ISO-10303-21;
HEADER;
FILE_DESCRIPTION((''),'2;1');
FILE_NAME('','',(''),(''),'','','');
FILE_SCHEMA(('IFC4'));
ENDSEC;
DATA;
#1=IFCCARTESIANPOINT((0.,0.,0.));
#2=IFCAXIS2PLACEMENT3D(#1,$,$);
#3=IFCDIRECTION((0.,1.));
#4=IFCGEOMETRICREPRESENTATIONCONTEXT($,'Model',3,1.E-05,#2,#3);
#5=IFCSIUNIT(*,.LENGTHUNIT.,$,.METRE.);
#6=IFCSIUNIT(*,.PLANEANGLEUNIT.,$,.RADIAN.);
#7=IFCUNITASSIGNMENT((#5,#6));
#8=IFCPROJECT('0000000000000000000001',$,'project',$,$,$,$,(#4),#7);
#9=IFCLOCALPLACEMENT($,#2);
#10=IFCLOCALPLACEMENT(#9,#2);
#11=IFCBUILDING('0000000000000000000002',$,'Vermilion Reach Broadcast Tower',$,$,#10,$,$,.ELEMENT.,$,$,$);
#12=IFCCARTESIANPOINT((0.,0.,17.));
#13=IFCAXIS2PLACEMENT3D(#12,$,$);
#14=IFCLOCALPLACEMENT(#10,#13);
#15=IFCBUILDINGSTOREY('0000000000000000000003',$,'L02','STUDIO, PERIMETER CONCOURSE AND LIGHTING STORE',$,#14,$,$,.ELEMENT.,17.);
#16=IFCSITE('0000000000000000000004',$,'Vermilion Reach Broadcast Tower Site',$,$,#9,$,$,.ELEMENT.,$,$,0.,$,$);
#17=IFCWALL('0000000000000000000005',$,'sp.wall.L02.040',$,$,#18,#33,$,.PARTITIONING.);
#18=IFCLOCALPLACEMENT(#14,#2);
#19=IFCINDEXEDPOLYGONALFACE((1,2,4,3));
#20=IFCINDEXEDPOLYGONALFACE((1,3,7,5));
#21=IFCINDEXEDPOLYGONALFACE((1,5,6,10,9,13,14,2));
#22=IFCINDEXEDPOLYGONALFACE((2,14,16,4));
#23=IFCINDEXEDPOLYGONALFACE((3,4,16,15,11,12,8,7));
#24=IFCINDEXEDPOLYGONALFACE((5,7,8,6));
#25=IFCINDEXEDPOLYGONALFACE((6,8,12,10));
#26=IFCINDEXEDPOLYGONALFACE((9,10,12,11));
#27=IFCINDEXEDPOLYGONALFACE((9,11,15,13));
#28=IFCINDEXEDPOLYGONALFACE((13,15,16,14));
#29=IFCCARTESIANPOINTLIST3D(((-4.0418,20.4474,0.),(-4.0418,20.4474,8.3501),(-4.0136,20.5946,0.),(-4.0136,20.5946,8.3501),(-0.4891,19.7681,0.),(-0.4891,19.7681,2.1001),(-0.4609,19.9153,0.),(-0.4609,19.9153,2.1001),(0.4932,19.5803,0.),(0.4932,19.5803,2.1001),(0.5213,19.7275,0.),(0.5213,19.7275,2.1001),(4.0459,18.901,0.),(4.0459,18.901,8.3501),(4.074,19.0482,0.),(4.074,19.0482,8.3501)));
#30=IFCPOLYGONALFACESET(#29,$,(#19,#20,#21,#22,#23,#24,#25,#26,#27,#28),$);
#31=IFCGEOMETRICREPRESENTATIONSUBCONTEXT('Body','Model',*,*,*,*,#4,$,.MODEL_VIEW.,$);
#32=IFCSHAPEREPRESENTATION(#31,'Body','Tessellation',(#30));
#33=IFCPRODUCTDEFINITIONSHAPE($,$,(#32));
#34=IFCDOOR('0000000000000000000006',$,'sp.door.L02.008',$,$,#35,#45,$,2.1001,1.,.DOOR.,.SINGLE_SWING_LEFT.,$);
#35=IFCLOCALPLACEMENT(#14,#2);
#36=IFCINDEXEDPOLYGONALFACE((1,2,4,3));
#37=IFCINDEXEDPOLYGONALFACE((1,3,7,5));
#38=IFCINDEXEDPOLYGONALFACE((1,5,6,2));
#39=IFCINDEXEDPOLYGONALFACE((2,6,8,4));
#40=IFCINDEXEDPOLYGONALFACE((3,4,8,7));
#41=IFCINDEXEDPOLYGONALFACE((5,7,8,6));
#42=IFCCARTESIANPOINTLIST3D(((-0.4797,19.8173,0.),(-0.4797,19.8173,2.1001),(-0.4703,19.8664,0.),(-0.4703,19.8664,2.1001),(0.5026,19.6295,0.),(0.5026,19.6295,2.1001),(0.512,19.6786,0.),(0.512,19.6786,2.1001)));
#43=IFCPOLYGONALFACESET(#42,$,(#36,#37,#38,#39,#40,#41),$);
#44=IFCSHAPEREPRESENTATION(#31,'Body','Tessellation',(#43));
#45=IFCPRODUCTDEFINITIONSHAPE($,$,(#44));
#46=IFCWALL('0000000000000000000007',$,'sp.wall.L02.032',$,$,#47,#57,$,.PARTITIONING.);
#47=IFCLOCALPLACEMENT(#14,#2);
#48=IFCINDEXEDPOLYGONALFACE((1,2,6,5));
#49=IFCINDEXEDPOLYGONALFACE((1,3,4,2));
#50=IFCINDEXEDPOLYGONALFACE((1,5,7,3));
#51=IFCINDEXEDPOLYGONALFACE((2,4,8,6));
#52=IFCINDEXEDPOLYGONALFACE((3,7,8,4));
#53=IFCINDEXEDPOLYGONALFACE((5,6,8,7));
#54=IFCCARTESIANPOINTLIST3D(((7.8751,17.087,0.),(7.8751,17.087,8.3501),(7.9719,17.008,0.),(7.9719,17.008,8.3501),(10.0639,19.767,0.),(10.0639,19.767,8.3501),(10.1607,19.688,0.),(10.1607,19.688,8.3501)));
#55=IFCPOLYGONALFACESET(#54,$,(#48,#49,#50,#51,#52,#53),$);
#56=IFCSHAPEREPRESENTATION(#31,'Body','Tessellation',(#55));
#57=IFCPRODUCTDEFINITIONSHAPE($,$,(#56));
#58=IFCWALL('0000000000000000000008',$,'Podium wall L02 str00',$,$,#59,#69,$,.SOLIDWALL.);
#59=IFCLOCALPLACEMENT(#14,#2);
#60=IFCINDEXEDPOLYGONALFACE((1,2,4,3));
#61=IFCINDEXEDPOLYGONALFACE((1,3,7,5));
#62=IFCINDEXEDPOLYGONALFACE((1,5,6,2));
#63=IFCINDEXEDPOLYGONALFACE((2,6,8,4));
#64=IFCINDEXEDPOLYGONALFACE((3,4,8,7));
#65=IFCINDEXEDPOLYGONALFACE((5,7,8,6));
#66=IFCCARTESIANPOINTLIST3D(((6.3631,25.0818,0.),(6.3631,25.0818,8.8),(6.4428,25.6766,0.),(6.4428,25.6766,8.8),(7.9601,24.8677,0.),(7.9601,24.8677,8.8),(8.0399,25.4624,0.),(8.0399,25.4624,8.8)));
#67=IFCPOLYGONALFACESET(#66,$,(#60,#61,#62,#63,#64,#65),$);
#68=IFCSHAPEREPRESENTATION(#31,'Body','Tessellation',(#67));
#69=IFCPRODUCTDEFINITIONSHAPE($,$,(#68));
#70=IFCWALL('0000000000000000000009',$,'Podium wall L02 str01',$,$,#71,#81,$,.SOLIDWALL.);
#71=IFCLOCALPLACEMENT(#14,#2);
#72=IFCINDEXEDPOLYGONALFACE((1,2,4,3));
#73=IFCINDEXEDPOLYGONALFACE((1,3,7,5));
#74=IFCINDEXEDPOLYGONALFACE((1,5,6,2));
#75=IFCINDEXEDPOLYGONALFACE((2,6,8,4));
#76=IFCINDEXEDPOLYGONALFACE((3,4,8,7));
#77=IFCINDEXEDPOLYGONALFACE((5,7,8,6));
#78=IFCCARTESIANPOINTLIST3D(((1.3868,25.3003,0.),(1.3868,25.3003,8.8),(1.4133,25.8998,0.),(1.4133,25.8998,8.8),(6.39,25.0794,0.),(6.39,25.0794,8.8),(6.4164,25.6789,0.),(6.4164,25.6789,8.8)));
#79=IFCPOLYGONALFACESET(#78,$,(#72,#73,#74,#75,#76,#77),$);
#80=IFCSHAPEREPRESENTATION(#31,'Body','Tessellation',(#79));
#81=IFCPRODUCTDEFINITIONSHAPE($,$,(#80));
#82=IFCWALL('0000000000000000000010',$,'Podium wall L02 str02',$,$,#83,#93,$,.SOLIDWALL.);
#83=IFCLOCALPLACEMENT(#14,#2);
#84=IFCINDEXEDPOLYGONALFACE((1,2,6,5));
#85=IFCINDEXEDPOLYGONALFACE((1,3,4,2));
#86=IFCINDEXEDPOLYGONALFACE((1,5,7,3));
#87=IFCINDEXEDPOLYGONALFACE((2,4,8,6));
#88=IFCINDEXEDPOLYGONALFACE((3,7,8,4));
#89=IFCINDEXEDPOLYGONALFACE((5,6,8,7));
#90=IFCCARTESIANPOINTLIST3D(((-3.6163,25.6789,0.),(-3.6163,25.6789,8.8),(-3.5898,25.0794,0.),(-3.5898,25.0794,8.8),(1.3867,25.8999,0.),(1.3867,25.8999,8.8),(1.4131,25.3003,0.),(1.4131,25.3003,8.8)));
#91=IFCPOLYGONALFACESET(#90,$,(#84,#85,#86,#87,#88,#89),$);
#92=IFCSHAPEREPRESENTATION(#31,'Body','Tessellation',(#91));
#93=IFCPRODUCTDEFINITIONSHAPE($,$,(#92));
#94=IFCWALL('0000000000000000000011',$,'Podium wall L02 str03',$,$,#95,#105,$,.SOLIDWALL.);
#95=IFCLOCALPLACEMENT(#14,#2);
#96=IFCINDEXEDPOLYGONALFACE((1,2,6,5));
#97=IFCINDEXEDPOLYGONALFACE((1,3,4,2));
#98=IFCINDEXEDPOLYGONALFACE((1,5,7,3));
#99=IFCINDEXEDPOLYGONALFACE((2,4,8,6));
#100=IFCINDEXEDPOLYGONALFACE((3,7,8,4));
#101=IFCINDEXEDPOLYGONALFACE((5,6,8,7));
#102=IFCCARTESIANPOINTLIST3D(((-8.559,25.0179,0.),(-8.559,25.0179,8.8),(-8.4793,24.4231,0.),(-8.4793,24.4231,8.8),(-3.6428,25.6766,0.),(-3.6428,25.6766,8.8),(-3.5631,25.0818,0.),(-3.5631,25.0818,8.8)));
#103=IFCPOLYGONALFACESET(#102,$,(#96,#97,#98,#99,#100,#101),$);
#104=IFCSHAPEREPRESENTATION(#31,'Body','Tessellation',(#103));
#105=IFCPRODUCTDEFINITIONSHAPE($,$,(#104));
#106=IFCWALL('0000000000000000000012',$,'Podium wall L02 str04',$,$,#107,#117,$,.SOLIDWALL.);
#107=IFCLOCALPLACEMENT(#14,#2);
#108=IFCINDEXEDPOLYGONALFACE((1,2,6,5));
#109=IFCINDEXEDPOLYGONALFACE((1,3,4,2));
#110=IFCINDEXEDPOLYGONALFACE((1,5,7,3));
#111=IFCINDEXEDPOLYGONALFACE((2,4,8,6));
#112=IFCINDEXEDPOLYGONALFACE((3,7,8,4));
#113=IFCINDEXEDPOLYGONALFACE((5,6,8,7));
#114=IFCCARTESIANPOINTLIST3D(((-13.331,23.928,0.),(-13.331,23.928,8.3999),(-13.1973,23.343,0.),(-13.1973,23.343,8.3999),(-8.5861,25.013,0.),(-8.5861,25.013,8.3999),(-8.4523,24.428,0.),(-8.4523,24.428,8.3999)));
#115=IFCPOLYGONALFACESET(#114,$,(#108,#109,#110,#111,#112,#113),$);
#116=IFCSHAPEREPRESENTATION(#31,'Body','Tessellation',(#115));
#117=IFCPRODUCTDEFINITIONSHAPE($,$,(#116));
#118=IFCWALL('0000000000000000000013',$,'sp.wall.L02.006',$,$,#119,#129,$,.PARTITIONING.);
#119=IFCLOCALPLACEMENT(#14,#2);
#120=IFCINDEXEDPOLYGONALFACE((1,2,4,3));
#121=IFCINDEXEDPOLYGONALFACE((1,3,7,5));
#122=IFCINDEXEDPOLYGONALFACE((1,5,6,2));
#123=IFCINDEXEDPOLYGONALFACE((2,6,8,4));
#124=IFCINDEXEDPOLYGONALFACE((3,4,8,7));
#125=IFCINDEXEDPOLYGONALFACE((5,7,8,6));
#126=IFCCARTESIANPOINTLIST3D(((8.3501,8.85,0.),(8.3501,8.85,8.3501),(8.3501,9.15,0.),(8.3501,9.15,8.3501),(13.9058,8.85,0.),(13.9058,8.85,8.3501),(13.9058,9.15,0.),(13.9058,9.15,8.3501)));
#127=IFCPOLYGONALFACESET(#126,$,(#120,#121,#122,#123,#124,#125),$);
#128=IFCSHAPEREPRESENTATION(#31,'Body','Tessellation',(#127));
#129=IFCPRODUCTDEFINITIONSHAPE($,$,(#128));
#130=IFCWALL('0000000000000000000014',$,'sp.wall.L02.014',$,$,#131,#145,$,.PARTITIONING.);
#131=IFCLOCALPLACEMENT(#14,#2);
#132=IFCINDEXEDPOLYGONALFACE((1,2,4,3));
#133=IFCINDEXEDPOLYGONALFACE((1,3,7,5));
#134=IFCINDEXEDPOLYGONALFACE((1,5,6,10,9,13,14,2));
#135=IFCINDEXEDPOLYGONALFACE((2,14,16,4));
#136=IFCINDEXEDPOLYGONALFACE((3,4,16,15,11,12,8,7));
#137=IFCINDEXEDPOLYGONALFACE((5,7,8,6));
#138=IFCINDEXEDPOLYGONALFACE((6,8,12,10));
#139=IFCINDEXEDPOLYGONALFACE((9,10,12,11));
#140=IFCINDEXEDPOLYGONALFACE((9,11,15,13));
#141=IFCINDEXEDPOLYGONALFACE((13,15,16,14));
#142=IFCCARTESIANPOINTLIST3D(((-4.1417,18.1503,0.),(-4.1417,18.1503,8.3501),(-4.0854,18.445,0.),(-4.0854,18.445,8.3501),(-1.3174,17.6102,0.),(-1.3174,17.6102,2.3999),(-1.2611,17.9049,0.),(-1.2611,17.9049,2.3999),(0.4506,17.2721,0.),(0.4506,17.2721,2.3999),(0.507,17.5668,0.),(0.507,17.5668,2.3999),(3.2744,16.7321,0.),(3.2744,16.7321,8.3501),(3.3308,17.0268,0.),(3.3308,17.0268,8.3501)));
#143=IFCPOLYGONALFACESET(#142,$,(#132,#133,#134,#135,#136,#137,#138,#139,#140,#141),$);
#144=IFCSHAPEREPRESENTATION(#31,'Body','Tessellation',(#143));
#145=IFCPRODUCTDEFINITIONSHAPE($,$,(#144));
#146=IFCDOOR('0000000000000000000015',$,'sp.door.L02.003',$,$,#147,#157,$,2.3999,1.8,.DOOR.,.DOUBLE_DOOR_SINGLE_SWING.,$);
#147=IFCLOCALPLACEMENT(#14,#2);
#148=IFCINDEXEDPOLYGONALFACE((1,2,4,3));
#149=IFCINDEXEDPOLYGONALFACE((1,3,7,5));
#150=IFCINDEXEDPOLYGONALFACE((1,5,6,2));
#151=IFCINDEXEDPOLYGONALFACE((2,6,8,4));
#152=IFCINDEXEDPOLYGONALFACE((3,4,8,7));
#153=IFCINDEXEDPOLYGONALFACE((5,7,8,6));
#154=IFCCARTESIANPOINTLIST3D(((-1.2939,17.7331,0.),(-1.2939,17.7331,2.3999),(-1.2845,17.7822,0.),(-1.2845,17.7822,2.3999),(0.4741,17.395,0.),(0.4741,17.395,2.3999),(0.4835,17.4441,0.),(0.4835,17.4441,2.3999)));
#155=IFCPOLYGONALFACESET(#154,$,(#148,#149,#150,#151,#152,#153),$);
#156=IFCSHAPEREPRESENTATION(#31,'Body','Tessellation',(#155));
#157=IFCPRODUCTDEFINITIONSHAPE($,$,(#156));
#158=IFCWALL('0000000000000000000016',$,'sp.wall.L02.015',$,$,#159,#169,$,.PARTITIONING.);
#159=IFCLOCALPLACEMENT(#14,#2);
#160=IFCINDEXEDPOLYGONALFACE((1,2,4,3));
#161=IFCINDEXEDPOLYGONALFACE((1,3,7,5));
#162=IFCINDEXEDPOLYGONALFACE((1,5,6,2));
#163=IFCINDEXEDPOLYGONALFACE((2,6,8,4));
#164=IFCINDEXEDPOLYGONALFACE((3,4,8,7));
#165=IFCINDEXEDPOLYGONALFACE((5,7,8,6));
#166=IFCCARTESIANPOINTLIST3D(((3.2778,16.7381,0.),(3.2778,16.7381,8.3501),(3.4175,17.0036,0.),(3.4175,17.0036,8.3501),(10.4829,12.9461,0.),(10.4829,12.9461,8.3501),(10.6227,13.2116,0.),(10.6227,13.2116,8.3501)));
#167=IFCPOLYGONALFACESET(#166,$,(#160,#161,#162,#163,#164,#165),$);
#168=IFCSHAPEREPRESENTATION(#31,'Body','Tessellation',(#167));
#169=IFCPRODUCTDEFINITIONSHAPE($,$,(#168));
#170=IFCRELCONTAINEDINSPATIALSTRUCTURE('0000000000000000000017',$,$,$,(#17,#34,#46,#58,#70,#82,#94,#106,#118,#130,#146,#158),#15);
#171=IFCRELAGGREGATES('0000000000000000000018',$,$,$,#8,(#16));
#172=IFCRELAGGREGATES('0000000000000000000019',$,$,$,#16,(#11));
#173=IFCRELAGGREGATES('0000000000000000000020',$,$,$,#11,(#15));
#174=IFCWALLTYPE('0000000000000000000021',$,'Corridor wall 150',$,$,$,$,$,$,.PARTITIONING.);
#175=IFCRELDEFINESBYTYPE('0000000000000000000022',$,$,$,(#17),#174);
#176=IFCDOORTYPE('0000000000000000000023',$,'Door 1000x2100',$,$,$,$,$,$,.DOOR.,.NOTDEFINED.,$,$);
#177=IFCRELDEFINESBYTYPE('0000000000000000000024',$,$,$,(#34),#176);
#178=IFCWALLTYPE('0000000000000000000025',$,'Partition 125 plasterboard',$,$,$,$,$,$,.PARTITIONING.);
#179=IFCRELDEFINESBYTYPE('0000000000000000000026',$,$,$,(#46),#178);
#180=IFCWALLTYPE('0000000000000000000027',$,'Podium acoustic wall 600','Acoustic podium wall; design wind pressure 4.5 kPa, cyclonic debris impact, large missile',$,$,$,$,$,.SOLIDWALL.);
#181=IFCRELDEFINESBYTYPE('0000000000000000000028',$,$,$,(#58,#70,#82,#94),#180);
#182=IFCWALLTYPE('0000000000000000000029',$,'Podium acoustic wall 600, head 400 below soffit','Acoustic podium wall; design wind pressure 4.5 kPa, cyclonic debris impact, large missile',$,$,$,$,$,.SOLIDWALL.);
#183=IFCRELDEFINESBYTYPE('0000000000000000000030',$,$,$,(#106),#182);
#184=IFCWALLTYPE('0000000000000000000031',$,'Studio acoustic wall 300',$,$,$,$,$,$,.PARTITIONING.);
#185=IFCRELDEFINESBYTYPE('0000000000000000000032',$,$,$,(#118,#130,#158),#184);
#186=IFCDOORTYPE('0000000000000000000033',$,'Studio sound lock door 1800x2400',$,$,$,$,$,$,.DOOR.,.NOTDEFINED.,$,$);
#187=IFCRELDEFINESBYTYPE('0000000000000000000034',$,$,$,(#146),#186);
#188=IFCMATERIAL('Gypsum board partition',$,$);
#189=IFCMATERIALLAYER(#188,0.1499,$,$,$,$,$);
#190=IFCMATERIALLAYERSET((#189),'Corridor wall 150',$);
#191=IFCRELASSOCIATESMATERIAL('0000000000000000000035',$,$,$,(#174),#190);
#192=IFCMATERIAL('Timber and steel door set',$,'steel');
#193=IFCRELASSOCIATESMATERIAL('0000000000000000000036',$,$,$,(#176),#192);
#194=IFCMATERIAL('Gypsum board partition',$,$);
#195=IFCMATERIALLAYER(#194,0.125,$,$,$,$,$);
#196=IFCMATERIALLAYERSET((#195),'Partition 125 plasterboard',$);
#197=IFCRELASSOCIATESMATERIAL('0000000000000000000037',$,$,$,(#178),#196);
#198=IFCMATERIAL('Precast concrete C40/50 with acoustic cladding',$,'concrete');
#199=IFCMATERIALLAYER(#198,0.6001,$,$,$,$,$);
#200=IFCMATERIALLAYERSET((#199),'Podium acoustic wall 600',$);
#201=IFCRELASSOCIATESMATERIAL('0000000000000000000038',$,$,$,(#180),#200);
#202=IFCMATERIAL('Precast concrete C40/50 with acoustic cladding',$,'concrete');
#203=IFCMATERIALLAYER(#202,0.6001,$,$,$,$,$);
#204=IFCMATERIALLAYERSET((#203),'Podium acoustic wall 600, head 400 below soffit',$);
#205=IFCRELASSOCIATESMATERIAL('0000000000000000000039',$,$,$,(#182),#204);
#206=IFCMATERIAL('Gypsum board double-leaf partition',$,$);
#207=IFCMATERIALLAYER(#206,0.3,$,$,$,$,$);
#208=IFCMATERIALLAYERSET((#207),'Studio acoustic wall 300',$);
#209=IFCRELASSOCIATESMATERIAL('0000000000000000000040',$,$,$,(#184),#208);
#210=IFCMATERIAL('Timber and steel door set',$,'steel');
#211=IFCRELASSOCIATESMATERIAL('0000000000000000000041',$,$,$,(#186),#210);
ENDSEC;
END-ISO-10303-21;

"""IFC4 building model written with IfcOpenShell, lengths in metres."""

from ifc_helpers import new_model, si_unit, direction, frame, frame_2d, origin, place, context, subcontext, project, spatial, rectangle, extrude, material, layer, layer_set, type_object, element, fill, save


model = new_model("IFC4")

# Units and contexts
model_context = context("Model", 3, precision=1e-05, world=origin(), true_north=direction((0.0, 1.0)))
body_context = subcontext(model_context, "Body", "Model", "MODEL_VIEW")
ifc_project = project(units=[si_unit("LENGTHUNIT", "METRE"), si_unit("PLANEANGLEUNIT", "RADIAN")], contexts=[model_context])

# Site, building, storey
site_placement = place(None, origin())
site = spatial("IfcSite", under=ifc_project, at=site_placement, Name="Vermilion Reach Broadcast Tower Site", CompositionType="ELEMENT", RefElevation=0.0)
building_placement = place(site_placement, origin())
building = spatial("IfcBuilding", under=site, at=building_placement, Name="Vermilion Reach Broadcast Tower", CompositionType="ELEMENT")
storey_placement = place(building_placement, frame((0.0, 0.0, 17.0)))
storey = spatial("IfcBuildingStorey", under=building, at=storey_placement, Name="L02", Description="STUDIO, PERIMETER CONCOURSE AND LIGHTING STORE", CompositionType="ELEMENT", Elevation=17.0)

# Shared definitions
ifc_material_1 = material(Name="Gypsum board partition")
ifc_layer_1 = layer(ifc_material_1, 0.1499)
ifc_layer_set_1 = layer_set([ifc_layer_1], Name="Corridor wall 150")
wall_type_1 = type_object("IfcWallType", Name="Corridor wall 150", PredefinedType="PARTITIONING", material=ifc_layer_set_1)

# Wall, opening, door
wall_1_placement = place(storey_placement, frame((4.0601, 18.9746, 0.0), z_axis=(0.0, 0.0, 1.0), x_axis=(-0.982207, 0.187801, 0.0)))
wall_1 = element("IfcWall", 1, at=wall_1_placement, inside=storey, type_object=wall_type_1, Name="sp.wall.L02.040", PredefinedType="PARTITIONING", context=body_context, shape_type="SweptSolid", body=[
    extrude(rectangle(XDim=8.2341, YDim=0.1499, at=frame_2d((4.1172, 0.0))), origin(), (0.0, 0.0, 1.0), 8.3501),
])
opening_1_placement = place(wall_1_placement, frame((3.6172, 0.0, 0.0)))
opening_1 = element("IfcOpeningElement", 2, at=opening_1_placement, cuts=wall_1, PredefinedType="OPENING", context=body_context, shape_type="SweptSolid", body=[
    extrude(rectangle(XDim=1.0, YDim=2.1001, at=frame_2d((0.5, 1.05))), frame((0.0, 0.085, 0.0), z_axis=(0.0, -1.0, 0.0), x_axis=(1.0, 0.0, 0.0)), (0.0, 0.0, 1.0), 0.1699),
])
ifc_material_2 = material(Name="Timber and steel door set", Category="steel")
door_type_1 = type_object("IfcDoorType", Name="Door 1000x2100", OperationType="NOTDEFINED", PredefinedType="DOOR", material=ifc_material_2)
door_1_placement = place(opening_1_placement, origin())
door_1 = element("IfcDoor", 3, at=door_1_placement, inside=storey, type_object=door_type_1, Name="sp.door.L02.008", OperationType="SINGLE_SWING_LEFT", OverallHeight=2.1001, OverallWidth=1.0, PredefinedType="DOOR", context=body_context, shape_type="SweptSolid", body=[
    extrude(rectangle(XDim=1.0, YDim=2.1001, at=frame_2d((0.5, 1.05))), frame((0.0, 0.0249, 0.0), z_axis=(0.0, -1.0, 0.0), x_axis=(1.0, 0.0, 0.0)), (0.0, 0.0, 1.0), 0.05),
])
fill(opening_1, door_1)

# Walls
ifc_material_3 = material(Name="Gypsum board partition")
ifc_layer_2 = layer(ifc_material_3, 0.125)
ifc_layer_set_2 = layer_set([ifc_layer_2], Name="Partition 125 plasterboard")
wall_type_2 = type_object("IfcWallType", Name="Partition 125 plasterboard", PredefinedType="PARTITIONING", material=ifc_layer_set_2)
wall_2_placement = place(storey_placement, frame((7.9236, 17.0476, 0.0), z_axis=(0.0, 0.0, 1.0), x_axis=(0.632554, 0.774517, 0.0)))
element("IfcWall", 4, at=wall_2_placement, inside=storey, type_object=wall_type_2, Name="sp.wall.L02.032", PredefinedType="PARTITIONING", context=body_context, shape_type="SweptSolid", body=[
    extrude(rectangle(XDim=3.4602, YDim=0.125, at=frame_2d((1.73, 0.0))), origin(), (0.0, 0.0, 1.0), 8.3501),
])
ifc_material_4 = material(Name="Precast concrete C40/50 with acoustic cladding", Category="concrete")
ifc_layer_3 = layer(ifc_material_4, 0.6001)
ifc_layer_set_3 = layer_set([ifc_layer_3], Name="Podium acoustic wall 600")
wall_type_3 = type_object("IfcWallType", Name="Podium acoustic wall 600", Description="Acoustic podium wall; design wind pressure 4.5 kPa, cyclonic debris impact, large missile", PredefinedType="SOLIDWALL", material=ifc_layer_set_3)
wall_3_placement = place(storey_placement, frame((8.0, 25.165, 0.0), z_axis=(0.0, 0.0, 1.0), x_axis=(-0.991131, 0.132888, 0.0)))
element("IfcWall", 5, at=wall_3_placement, inside=storey, type_object=wall_type_3, Name="Podium wall L02 str00", PredefinedType="SOLIDWALL", context=body_context, shape_type="SweptSolid", body=[
    extrude(rectangle(XDim=1.6113, YDim=0.6001, at=frame_2d((0.8057, 0.0))), origin(), (0.0, 0.0, 1.0), 8.8),
])
wall_4_placement = place(storey_placement, frame((6.4031, 25.3792, 0.0), z_axis=(0.0, 0.0, 1.0), x_axis=(-0.999026, 0.044118, 0.0)))
element("IfcWall", 6, at=wall_4_placement, inside=storey, type_object=wall_type_3, Name="Podium wall L02 str01", PredefinedType="SOLIDWALL", context=body_context, shape_type="SweptSolid", body=[
    extrude(rectangle(XDim=5.0081, YDim=0.6001, at=frame_2d((2.5039, 0.0))), origin(), (0.0, 0.0, 1.0), 8.8),
])
wall_5_placement = place(storey_placement, frame((1.3999, 25.6001, 0.0), z_axis=(0.0, 0.0, 1.0), x_axis=(-0.999026, -0.044121, 0.0)))
element("IfcWall", 7, at=wall_5_placement, inside=storey, type_object=wall_type_3, Name="Podium wall L02 str02", PredefinedType="SOLIDWALL", context=body_context, shape_type="SweptSolid", body=[
    extrude(rectangle(XDim=5.0078, YDim=0.6001, at=frame_2d((2.5039, 0.0))), origin(), (0.0, 0.0, 1.0), 8.8),
])
wall_6_placement = place(storey_placement, frame((-3.603, 25.3792, 0.0), z_axis=(0.0, 0.0, 1.0), x_axis=(-0.991143, -0.132796, 0.0)))
element("IfcWall", 8, at=wall_6_placement, inside=storey, type_object=wall_type_3, Name="Podium wall L02 str03", PredefinedType="SOLIDWALL", context=body_context, shape_type="SweptSolid", body=[
    extrude(rectangle(XDim=4.9602, YDim=0.6001, at=frame_2d((2.48, 0.0))), origin(), (0.0, 0.0, 1.0), 8.8),
])
ifc_material_5 = material(Name="Precast concrete C40/50 with acoustic cladding", Category="concrete")
ifc_layer_4 = layer(ifc_material_5, 0.6001)
ifc_layer_set_4 = layer_set([ifc_layer_4], Name="Podium acoustic wall 600, head 400 below soffit")
wall_type_4 = type_object("IfcWallType", Name="Podium acoustic wall 600, head 400 below soffit", Description="Acoustic podium wall; design wind pressure 4.5 kPa, cyclonic debris impact, large missile", PredefinedType="SOLIDWALL", material=ifc_layer_set_4)
wall_7_placement = place(storey_placement, frame((-8.5193, 24.7205, 0.0), z_axis=(0.0, 0.0, 1.0), x_axis=(-0.97484, -0.222907, 0.0)))
element("IfcWall", 9, at=wall_7_placement, inside=storey, type_object=wall_type_4, Name="Podium wall L02 str04", PredefinedType="SOLIDWALL", context=body_context, shape_type="SweptSolid", body=[
    extrude(rectangle(XDim=4.8674, YDim=0.6001, at=frame_2d((2.4336, 0.0))), origin(), (0.0, 0.0, 1.0), 8.3999),
])
ifc_material_6 = material(Name="Gypsum board double-leaf partition")
ifc_layer_5 = layer(ifc_material_6, 0.3)
ifc_layer_set_5 = layer_set([ifc_layer_5], Name="Studio acoustic wall 300")
wall_type_5 = type_object("IfcWallType", Name="Studio acoustic wall 300", PredefinedType="PARTITIONING", material=ifc_layer_set_5)
wall_8_placement = place(storey_placement, frame((8.3501, 9.0, 0.0), z_axis=(0.0, 0.0, 1.0), x_axis=(1.0, 0.0, 0.0)))
element("IfcWall", 10, at=wall_8_placement, inside=storey, type_object=wall_type_5, Name="sp.wall.L02.006", PredefinedType="PARTITIONING", context=body_context, shape_type="SweptSolid", body=[
    extrude(rectangle(XDim=5.5557, YDim=0.3, at=frame_2d((2.7778, 0.0))), origin(), (0.0, 0.0, 1.0), 8.3501),
])

# Wall, opening, door
wall_9_placement = place(storey_placement, frame((3.3027, 16.8794, 0.0), z_axis=(0.0, 0.0, 1.0), x_axis=(-0.982202, 0.187827, 0.0)))
wall_9 = element("IfcWall", 11, at=wall_9_placement, inside=storey, type_object=wall_type_5, Name="sp.wall.L02.014", PredefinedType="PARTITIONING", context=body_context, shape_type="SweptSolid", body=[
    extrude(rectangle(XDim=7.5505, YDim=0.3, at=frame_2d((3.7754, 0.0))), origin(), (0.0, 0.0, 1.0), 8.3501),
])
opening_2_placement = place(wall_9_placement, frame((2.8752, 0.0, 0.0)))
opening_2 = element("IfcOpeningElement", 12, at=opening_2_placement, cuts=wall_9, PredefinedType="OPENING", context=body_context, shape_type="SweptSolid", body=[
    extrude(rectangle(XDim=1.8, YDim=2.3999, at=frame_2d((0.8999, 1.2))), frame((0.0, 0.1599, 0.0), z_axis=(0.0, -1.0, 0.0), x_axis=(1.0, 0.0, 0.0)), (0.0, 0.0, 1.0), 0.3201),
])
ifc_material_7 = material(Name="Timber and steel door set", Category="steel")
door_type_2 = type_object("IfcDoorType", Name="Studio sound lock door 1800x2400", OperationType="NOTDEFINED", PredefinedType="DOOR", material=ifc_material_7)
door_2_placement = place(opening_2_placement, origin())
door_2 = element("IfcDoor", 13, at=door_2_placement, inside=storey, type_object=door_type_2, Name="sp.door.L02.003", OperationType="DOUBLE_DOOR_SINGLE_SWING", OverallHeight=2.3999, OverallWidth=1.8, PredefinedType="DOOR", context=body_context, shape_type="SweptSolid", body=[
    extrude(rectangle(XDim=1.8, YDim=2.3999, at=frame_2d((0.8999, 1.2))), frame((0.0, 0.0249, 0.0), z_axis=(0.0, -1.0, 0.0), x_axis=(1.0, 0.0, 0.0)), (0.0, 0.0, 1.0), 0.05),
])
fill(opening_2, door_2)

# Wall
wall_10_placement = place(storey_placement, frame((3.3477, 16.8708, 0.0), z_axis=(0.0, 0.0, 1.0), x_axis=(0.884926, -0.465732, 0.0)))
element("IfcWall", 14, at=wall_10_placement, inside=storey, type_object=wall_type_5, Name="sp.wall.L02.015", PredefinedType="PARTITIONING", context=body_context, shape_type="SweptSolid", body=[
    extrude(rectangle(XDim=8.1421, YDim=0.3, at=frame_2d((4.071, 0.0))), origin(), (0.0, 0.0, 1.0), 8.3501),
])

save(model, "model.ifc")
